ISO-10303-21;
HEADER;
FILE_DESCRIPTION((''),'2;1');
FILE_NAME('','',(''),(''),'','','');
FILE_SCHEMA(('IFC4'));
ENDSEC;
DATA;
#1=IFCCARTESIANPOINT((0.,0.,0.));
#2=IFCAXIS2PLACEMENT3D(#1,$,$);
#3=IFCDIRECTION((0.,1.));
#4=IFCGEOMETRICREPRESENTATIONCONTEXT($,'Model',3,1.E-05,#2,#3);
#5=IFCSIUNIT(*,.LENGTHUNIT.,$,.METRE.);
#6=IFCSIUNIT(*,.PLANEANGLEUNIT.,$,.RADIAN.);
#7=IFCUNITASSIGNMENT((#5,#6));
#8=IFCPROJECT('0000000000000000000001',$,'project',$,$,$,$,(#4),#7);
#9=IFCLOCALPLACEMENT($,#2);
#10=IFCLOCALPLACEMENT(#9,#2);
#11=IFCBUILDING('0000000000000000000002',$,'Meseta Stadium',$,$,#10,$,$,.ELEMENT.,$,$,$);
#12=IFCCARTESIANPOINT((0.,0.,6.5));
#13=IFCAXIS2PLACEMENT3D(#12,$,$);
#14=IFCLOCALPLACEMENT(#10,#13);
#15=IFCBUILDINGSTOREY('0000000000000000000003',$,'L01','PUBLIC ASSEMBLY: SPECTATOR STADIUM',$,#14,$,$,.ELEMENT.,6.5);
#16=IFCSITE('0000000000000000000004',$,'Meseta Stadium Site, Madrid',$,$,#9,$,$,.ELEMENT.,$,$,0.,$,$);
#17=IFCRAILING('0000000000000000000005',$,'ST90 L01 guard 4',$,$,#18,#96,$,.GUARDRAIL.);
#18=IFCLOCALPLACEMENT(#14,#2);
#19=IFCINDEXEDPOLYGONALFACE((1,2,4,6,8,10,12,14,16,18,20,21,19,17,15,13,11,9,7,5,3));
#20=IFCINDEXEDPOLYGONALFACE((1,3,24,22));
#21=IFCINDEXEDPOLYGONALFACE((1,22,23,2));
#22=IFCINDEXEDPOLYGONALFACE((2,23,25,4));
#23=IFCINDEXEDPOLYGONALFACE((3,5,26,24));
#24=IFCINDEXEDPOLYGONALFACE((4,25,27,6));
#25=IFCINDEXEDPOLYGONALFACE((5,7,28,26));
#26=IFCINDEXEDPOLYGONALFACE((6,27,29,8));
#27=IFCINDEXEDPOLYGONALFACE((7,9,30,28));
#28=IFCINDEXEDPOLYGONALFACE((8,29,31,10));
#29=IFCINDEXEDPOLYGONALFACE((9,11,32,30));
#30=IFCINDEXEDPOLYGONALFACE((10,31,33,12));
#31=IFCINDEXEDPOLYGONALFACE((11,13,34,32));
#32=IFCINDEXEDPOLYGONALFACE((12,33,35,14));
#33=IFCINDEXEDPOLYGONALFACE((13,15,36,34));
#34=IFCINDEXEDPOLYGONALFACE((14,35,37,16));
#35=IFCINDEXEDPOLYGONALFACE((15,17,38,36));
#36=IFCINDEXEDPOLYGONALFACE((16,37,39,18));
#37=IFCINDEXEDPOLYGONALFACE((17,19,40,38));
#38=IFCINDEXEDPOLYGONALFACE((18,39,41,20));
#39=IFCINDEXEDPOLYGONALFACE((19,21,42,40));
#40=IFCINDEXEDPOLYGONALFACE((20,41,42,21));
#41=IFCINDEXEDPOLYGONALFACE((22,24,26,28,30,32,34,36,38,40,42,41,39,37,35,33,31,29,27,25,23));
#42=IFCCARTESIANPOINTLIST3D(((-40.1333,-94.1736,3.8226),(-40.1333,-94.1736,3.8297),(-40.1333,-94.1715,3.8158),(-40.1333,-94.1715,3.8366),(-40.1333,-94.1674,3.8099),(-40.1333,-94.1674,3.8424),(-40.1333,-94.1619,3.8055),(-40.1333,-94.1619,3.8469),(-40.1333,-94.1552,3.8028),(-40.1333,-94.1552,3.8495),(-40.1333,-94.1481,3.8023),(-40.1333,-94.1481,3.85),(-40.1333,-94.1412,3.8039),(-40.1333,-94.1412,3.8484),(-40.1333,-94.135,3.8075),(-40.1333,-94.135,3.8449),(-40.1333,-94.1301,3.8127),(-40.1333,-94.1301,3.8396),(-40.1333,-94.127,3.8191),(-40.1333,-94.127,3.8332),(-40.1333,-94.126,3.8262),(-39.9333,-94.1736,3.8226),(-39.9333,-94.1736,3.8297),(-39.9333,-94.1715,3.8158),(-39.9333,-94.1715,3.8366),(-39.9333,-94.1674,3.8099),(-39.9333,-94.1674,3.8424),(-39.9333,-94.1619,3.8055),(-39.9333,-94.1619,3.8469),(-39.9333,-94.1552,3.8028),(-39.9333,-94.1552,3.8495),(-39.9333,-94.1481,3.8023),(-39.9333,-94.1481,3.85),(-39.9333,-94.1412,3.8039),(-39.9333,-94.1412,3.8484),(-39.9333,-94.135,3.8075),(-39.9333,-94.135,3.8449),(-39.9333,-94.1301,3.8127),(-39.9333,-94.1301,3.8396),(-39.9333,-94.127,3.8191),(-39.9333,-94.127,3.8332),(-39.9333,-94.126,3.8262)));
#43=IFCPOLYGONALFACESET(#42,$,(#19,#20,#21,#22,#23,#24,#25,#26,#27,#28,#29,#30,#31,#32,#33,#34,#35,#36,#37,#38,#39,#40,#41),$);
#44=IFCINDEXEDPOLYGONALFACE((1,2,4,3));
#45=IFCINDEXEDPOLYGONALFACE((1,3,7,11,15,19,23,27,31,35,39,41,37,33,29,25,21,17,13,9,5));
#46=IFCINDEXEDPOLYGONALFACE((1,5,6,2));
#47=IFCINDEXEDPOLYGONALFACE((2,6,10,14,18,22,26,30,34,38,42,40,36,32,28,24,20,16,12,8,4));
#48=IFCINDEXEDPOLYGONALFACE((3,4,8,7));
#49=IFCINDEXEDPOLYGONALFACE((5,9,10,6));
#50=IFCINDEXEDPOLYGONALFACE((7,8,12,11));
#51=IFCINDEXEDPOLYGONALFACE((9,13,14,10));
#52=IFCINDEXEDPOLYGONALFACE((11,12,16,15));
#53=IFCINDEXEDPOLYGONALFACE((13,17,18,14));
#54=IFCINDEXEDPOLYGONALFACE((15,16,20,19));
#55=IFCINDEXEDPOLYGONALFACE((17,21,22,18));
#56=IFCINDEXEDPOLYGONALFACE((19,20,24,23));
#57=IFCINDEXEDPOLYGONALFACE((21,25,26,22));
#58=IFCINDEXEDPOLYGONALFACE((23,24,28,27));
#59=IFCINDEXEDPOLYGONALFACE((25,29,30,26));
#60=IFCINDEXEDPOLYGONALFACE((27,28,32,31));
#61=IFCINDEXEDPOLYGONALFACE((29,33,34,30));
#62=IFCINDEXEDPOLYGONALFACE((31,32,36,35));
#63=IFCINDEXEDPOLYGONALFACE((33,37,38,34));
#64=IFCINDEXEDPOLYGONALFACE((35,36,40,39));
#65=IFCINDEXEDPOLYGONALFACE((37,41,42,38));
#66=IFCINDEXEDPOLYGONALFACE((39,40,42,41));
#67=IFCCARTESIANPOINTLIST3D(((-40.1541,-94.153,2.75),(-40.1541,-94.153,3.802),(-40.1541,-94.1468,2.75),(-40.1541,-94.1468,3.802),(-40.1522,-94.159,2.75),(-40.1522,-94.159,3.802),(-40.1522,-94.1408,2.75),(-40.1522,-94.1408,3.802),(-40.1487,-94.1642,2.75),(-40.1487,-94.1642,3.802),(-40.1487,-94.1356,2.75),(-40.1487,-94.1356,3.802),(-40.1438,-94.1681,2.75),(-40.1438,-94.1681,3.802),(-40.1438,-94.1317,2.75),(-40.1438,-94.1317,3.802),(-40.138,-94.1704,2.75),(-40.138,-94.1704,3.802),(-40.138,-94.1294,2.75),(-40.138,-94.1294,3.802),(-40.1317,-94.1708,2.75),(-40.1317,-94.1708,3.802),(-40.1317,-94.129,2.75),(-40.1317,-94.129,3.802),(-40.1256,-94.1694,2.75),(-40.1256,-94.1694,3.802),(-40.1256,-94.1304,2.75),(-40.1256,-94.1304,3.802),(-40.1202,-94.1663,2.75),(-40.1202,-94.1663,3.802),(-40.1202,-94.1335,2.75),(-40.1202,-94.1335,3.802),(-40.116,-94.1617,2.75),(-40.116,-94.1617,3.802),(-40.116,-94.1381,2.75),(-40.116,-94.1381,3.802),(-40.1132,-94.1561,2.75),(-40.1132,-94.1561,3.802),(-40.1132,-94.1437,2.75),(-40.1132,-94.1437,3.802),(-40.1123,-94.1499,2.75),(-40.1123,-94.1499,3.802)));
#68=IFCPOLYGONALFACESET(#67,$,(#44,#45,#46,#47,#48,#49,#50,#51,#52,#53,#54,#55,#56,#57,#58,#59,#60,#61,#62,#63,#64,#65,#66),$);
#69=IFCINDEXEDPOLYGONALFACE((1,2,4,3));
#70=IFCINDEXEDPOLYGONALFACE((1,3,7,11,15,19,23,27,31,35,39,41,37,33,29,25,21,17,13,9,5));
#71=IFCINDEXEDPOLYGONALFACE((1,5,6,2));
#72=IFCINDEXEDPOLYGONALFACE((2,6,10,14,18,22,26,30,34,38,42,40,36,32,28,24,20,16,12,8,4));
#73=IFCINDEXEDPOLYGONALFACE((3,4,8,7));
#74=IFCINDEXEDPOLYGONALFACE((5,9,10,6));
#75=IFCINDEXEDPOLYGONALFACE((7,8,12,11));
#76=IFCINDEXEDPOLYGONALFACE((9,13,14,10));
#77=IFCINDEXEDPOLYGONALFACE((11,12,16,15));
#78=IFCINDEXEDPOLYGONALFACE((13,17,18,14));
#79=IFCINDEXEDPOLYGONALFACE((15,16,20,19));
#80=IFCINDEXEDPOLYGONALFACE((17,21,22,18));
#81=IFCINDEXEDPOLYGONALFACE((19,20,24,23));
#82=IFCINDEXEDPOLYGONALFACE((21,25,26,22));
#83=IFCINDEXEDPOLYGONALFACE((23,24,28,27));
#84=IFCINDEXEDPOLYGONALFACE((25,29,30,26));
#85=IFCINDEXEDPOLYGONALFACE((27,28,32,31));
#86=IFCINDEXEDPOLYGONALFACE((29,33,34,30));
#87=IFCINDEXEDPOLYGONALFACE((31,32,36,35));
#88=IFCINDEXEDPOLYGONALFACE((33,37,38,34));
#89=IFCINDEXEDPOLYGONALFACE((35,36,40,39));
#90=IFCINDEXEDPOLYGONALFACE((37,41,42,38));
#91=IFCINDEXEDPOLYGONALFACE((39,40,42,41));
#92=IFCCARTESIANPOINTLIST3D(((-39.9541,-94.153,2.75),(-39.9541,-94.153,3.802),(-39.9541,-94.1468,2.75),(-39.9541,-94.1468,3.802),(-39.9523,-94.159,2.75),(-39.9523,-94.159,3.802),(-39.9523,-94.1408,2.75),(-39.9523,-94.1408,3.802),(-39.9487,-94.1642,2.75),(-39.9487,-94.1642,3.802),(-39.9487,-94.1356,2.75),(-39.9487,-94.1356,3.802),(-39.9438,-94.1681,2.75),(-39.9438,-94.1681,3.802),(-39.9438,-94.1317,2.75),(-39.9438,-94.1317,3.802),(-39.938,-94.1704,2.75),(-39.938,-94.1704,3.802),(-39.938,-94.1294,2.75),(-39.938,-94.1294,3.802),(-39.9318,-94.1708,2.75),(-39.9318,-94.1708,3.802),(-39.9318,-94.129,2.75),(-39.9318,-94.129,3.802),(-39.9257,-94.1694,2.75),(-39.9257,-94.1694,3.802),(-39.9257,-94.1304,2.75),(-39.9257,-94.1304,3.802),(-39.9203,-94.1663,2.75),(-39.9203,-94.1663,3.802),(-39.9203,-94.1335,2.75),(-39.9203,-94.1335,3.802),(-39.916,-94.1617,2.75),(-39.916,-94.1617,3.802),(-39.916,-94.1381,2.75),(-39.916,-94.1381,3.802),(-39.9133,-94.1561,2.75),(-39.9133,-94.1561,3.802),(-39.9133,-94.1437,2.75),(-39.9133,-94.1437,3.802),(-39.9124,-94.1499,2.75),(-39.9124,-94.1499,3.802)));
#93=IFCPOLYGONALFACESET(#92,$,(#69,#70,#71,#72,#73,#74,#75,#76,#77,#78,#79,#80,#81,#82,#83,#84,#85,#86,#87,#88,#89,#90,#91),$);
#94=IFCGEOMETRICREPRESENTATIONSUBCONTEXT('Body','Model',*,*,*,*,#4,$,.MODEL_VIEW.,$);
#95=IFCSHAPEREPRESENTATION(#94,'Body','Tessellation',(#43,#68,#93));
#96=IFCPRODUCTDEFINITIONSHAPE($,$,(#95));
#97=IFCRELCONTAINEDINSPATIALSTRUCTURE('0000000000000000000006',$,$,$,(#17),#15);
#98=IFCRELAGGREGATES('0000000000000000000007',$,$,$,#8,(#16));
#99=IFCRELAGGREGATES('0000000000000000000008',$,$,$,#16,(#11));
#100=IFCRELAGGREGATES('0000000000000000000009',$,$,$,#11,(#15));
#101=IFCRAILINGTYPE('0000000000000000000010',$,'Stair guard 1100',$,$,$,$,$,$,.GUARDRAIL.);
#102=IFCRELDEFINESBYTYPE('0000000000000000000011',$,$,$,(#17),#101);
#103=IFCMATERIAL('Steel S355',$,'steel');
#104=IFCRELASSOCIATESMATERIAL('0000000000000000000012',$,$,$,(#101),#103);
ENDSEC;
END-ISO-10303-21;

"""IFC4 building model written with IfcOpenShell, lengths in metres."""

from ifc_helpers import new_model, si_unit, direction, frame, origin, origin_2d, place, context, subcontext, project, spatial, circle, extrude, material, type_object, element, save


model = new_model("IFC4")

# Units and contexts
model_context = context("Model", 3, precision=1e-05, world=origin(), true_north=direction((0.0, 1.0)))
body_context = subcontext(model_context, "Body", "Model", "MODEL_VIEW")
ifc_project = project(units=[si_unit("LENGTHUNIT", "METRE"), si_unit("PLANEANGLEUNIT", "RADIAN")], contexts=[model_context])

# Site, building, storey
site_placement = place(None, origin())
site = spatial("IfcSite", under=ifc_project, at=site_placement, Name="Meseta Stadium Site, Madrid", CompositionType="ELEMENT", RefElevation=0.0)
building_placement = place(site_placement, origin())
building = spatial("IfcBuilding", under=site, at=building_placement, Name="Meseta Stadium", CompositionType="ELEMENT")
storey_placement = place(building_placement, frame((0.0, 0.0, 6.5)))
storey = spatial("IfcBuildingStorey", under=building, at=storey_placement, Name="L01", Description="PUBLIC ASSEMBLY: SPECTATOR STADIUM", CompositionType="ELEMENT", Elevation=6.5)

# Railing
ifc_material_1 = material(Name="Steel S355", Category="steel")
railing_type_1 = type_object("IfcRailingType", Name="Stair guard 1100", PredefinedType="GUARDRAIL", material=ifc_material_1)
railing_1_placement = place(storey_placement, frame((-40.1333, -94.1499, 2.75)))
element("IfcRailing", 1, at=railing_1_placement, inside=storey, type_object=railing_type_1, Name="ST90 L01 guard 4", PredefinedType="GUARDRAIL", context=body_context, shape_type="SweptSolid", body=[
    extrude(circle(Radius=0.0239, at=origin_2d()), frame((0.0, 0.0, 1.0762), z_axis=(1.0, 0.0, 0.0), x_axis=(0.0, 1.0, 0.0)), (0.0, 0.0, 1.0), 0.2),
    extrude(circle(Radius=0.021, at=origin_2d()), origin(), (0.0, 0.0, 1.0), 1.052),
    extrude(circle(Radius=0.021, at=origin_2d()), frame((0.2, 0.0, 0.0)), (0.0, 0.0, 1.0), 1.052),
])

save(model, "model.ifc")
